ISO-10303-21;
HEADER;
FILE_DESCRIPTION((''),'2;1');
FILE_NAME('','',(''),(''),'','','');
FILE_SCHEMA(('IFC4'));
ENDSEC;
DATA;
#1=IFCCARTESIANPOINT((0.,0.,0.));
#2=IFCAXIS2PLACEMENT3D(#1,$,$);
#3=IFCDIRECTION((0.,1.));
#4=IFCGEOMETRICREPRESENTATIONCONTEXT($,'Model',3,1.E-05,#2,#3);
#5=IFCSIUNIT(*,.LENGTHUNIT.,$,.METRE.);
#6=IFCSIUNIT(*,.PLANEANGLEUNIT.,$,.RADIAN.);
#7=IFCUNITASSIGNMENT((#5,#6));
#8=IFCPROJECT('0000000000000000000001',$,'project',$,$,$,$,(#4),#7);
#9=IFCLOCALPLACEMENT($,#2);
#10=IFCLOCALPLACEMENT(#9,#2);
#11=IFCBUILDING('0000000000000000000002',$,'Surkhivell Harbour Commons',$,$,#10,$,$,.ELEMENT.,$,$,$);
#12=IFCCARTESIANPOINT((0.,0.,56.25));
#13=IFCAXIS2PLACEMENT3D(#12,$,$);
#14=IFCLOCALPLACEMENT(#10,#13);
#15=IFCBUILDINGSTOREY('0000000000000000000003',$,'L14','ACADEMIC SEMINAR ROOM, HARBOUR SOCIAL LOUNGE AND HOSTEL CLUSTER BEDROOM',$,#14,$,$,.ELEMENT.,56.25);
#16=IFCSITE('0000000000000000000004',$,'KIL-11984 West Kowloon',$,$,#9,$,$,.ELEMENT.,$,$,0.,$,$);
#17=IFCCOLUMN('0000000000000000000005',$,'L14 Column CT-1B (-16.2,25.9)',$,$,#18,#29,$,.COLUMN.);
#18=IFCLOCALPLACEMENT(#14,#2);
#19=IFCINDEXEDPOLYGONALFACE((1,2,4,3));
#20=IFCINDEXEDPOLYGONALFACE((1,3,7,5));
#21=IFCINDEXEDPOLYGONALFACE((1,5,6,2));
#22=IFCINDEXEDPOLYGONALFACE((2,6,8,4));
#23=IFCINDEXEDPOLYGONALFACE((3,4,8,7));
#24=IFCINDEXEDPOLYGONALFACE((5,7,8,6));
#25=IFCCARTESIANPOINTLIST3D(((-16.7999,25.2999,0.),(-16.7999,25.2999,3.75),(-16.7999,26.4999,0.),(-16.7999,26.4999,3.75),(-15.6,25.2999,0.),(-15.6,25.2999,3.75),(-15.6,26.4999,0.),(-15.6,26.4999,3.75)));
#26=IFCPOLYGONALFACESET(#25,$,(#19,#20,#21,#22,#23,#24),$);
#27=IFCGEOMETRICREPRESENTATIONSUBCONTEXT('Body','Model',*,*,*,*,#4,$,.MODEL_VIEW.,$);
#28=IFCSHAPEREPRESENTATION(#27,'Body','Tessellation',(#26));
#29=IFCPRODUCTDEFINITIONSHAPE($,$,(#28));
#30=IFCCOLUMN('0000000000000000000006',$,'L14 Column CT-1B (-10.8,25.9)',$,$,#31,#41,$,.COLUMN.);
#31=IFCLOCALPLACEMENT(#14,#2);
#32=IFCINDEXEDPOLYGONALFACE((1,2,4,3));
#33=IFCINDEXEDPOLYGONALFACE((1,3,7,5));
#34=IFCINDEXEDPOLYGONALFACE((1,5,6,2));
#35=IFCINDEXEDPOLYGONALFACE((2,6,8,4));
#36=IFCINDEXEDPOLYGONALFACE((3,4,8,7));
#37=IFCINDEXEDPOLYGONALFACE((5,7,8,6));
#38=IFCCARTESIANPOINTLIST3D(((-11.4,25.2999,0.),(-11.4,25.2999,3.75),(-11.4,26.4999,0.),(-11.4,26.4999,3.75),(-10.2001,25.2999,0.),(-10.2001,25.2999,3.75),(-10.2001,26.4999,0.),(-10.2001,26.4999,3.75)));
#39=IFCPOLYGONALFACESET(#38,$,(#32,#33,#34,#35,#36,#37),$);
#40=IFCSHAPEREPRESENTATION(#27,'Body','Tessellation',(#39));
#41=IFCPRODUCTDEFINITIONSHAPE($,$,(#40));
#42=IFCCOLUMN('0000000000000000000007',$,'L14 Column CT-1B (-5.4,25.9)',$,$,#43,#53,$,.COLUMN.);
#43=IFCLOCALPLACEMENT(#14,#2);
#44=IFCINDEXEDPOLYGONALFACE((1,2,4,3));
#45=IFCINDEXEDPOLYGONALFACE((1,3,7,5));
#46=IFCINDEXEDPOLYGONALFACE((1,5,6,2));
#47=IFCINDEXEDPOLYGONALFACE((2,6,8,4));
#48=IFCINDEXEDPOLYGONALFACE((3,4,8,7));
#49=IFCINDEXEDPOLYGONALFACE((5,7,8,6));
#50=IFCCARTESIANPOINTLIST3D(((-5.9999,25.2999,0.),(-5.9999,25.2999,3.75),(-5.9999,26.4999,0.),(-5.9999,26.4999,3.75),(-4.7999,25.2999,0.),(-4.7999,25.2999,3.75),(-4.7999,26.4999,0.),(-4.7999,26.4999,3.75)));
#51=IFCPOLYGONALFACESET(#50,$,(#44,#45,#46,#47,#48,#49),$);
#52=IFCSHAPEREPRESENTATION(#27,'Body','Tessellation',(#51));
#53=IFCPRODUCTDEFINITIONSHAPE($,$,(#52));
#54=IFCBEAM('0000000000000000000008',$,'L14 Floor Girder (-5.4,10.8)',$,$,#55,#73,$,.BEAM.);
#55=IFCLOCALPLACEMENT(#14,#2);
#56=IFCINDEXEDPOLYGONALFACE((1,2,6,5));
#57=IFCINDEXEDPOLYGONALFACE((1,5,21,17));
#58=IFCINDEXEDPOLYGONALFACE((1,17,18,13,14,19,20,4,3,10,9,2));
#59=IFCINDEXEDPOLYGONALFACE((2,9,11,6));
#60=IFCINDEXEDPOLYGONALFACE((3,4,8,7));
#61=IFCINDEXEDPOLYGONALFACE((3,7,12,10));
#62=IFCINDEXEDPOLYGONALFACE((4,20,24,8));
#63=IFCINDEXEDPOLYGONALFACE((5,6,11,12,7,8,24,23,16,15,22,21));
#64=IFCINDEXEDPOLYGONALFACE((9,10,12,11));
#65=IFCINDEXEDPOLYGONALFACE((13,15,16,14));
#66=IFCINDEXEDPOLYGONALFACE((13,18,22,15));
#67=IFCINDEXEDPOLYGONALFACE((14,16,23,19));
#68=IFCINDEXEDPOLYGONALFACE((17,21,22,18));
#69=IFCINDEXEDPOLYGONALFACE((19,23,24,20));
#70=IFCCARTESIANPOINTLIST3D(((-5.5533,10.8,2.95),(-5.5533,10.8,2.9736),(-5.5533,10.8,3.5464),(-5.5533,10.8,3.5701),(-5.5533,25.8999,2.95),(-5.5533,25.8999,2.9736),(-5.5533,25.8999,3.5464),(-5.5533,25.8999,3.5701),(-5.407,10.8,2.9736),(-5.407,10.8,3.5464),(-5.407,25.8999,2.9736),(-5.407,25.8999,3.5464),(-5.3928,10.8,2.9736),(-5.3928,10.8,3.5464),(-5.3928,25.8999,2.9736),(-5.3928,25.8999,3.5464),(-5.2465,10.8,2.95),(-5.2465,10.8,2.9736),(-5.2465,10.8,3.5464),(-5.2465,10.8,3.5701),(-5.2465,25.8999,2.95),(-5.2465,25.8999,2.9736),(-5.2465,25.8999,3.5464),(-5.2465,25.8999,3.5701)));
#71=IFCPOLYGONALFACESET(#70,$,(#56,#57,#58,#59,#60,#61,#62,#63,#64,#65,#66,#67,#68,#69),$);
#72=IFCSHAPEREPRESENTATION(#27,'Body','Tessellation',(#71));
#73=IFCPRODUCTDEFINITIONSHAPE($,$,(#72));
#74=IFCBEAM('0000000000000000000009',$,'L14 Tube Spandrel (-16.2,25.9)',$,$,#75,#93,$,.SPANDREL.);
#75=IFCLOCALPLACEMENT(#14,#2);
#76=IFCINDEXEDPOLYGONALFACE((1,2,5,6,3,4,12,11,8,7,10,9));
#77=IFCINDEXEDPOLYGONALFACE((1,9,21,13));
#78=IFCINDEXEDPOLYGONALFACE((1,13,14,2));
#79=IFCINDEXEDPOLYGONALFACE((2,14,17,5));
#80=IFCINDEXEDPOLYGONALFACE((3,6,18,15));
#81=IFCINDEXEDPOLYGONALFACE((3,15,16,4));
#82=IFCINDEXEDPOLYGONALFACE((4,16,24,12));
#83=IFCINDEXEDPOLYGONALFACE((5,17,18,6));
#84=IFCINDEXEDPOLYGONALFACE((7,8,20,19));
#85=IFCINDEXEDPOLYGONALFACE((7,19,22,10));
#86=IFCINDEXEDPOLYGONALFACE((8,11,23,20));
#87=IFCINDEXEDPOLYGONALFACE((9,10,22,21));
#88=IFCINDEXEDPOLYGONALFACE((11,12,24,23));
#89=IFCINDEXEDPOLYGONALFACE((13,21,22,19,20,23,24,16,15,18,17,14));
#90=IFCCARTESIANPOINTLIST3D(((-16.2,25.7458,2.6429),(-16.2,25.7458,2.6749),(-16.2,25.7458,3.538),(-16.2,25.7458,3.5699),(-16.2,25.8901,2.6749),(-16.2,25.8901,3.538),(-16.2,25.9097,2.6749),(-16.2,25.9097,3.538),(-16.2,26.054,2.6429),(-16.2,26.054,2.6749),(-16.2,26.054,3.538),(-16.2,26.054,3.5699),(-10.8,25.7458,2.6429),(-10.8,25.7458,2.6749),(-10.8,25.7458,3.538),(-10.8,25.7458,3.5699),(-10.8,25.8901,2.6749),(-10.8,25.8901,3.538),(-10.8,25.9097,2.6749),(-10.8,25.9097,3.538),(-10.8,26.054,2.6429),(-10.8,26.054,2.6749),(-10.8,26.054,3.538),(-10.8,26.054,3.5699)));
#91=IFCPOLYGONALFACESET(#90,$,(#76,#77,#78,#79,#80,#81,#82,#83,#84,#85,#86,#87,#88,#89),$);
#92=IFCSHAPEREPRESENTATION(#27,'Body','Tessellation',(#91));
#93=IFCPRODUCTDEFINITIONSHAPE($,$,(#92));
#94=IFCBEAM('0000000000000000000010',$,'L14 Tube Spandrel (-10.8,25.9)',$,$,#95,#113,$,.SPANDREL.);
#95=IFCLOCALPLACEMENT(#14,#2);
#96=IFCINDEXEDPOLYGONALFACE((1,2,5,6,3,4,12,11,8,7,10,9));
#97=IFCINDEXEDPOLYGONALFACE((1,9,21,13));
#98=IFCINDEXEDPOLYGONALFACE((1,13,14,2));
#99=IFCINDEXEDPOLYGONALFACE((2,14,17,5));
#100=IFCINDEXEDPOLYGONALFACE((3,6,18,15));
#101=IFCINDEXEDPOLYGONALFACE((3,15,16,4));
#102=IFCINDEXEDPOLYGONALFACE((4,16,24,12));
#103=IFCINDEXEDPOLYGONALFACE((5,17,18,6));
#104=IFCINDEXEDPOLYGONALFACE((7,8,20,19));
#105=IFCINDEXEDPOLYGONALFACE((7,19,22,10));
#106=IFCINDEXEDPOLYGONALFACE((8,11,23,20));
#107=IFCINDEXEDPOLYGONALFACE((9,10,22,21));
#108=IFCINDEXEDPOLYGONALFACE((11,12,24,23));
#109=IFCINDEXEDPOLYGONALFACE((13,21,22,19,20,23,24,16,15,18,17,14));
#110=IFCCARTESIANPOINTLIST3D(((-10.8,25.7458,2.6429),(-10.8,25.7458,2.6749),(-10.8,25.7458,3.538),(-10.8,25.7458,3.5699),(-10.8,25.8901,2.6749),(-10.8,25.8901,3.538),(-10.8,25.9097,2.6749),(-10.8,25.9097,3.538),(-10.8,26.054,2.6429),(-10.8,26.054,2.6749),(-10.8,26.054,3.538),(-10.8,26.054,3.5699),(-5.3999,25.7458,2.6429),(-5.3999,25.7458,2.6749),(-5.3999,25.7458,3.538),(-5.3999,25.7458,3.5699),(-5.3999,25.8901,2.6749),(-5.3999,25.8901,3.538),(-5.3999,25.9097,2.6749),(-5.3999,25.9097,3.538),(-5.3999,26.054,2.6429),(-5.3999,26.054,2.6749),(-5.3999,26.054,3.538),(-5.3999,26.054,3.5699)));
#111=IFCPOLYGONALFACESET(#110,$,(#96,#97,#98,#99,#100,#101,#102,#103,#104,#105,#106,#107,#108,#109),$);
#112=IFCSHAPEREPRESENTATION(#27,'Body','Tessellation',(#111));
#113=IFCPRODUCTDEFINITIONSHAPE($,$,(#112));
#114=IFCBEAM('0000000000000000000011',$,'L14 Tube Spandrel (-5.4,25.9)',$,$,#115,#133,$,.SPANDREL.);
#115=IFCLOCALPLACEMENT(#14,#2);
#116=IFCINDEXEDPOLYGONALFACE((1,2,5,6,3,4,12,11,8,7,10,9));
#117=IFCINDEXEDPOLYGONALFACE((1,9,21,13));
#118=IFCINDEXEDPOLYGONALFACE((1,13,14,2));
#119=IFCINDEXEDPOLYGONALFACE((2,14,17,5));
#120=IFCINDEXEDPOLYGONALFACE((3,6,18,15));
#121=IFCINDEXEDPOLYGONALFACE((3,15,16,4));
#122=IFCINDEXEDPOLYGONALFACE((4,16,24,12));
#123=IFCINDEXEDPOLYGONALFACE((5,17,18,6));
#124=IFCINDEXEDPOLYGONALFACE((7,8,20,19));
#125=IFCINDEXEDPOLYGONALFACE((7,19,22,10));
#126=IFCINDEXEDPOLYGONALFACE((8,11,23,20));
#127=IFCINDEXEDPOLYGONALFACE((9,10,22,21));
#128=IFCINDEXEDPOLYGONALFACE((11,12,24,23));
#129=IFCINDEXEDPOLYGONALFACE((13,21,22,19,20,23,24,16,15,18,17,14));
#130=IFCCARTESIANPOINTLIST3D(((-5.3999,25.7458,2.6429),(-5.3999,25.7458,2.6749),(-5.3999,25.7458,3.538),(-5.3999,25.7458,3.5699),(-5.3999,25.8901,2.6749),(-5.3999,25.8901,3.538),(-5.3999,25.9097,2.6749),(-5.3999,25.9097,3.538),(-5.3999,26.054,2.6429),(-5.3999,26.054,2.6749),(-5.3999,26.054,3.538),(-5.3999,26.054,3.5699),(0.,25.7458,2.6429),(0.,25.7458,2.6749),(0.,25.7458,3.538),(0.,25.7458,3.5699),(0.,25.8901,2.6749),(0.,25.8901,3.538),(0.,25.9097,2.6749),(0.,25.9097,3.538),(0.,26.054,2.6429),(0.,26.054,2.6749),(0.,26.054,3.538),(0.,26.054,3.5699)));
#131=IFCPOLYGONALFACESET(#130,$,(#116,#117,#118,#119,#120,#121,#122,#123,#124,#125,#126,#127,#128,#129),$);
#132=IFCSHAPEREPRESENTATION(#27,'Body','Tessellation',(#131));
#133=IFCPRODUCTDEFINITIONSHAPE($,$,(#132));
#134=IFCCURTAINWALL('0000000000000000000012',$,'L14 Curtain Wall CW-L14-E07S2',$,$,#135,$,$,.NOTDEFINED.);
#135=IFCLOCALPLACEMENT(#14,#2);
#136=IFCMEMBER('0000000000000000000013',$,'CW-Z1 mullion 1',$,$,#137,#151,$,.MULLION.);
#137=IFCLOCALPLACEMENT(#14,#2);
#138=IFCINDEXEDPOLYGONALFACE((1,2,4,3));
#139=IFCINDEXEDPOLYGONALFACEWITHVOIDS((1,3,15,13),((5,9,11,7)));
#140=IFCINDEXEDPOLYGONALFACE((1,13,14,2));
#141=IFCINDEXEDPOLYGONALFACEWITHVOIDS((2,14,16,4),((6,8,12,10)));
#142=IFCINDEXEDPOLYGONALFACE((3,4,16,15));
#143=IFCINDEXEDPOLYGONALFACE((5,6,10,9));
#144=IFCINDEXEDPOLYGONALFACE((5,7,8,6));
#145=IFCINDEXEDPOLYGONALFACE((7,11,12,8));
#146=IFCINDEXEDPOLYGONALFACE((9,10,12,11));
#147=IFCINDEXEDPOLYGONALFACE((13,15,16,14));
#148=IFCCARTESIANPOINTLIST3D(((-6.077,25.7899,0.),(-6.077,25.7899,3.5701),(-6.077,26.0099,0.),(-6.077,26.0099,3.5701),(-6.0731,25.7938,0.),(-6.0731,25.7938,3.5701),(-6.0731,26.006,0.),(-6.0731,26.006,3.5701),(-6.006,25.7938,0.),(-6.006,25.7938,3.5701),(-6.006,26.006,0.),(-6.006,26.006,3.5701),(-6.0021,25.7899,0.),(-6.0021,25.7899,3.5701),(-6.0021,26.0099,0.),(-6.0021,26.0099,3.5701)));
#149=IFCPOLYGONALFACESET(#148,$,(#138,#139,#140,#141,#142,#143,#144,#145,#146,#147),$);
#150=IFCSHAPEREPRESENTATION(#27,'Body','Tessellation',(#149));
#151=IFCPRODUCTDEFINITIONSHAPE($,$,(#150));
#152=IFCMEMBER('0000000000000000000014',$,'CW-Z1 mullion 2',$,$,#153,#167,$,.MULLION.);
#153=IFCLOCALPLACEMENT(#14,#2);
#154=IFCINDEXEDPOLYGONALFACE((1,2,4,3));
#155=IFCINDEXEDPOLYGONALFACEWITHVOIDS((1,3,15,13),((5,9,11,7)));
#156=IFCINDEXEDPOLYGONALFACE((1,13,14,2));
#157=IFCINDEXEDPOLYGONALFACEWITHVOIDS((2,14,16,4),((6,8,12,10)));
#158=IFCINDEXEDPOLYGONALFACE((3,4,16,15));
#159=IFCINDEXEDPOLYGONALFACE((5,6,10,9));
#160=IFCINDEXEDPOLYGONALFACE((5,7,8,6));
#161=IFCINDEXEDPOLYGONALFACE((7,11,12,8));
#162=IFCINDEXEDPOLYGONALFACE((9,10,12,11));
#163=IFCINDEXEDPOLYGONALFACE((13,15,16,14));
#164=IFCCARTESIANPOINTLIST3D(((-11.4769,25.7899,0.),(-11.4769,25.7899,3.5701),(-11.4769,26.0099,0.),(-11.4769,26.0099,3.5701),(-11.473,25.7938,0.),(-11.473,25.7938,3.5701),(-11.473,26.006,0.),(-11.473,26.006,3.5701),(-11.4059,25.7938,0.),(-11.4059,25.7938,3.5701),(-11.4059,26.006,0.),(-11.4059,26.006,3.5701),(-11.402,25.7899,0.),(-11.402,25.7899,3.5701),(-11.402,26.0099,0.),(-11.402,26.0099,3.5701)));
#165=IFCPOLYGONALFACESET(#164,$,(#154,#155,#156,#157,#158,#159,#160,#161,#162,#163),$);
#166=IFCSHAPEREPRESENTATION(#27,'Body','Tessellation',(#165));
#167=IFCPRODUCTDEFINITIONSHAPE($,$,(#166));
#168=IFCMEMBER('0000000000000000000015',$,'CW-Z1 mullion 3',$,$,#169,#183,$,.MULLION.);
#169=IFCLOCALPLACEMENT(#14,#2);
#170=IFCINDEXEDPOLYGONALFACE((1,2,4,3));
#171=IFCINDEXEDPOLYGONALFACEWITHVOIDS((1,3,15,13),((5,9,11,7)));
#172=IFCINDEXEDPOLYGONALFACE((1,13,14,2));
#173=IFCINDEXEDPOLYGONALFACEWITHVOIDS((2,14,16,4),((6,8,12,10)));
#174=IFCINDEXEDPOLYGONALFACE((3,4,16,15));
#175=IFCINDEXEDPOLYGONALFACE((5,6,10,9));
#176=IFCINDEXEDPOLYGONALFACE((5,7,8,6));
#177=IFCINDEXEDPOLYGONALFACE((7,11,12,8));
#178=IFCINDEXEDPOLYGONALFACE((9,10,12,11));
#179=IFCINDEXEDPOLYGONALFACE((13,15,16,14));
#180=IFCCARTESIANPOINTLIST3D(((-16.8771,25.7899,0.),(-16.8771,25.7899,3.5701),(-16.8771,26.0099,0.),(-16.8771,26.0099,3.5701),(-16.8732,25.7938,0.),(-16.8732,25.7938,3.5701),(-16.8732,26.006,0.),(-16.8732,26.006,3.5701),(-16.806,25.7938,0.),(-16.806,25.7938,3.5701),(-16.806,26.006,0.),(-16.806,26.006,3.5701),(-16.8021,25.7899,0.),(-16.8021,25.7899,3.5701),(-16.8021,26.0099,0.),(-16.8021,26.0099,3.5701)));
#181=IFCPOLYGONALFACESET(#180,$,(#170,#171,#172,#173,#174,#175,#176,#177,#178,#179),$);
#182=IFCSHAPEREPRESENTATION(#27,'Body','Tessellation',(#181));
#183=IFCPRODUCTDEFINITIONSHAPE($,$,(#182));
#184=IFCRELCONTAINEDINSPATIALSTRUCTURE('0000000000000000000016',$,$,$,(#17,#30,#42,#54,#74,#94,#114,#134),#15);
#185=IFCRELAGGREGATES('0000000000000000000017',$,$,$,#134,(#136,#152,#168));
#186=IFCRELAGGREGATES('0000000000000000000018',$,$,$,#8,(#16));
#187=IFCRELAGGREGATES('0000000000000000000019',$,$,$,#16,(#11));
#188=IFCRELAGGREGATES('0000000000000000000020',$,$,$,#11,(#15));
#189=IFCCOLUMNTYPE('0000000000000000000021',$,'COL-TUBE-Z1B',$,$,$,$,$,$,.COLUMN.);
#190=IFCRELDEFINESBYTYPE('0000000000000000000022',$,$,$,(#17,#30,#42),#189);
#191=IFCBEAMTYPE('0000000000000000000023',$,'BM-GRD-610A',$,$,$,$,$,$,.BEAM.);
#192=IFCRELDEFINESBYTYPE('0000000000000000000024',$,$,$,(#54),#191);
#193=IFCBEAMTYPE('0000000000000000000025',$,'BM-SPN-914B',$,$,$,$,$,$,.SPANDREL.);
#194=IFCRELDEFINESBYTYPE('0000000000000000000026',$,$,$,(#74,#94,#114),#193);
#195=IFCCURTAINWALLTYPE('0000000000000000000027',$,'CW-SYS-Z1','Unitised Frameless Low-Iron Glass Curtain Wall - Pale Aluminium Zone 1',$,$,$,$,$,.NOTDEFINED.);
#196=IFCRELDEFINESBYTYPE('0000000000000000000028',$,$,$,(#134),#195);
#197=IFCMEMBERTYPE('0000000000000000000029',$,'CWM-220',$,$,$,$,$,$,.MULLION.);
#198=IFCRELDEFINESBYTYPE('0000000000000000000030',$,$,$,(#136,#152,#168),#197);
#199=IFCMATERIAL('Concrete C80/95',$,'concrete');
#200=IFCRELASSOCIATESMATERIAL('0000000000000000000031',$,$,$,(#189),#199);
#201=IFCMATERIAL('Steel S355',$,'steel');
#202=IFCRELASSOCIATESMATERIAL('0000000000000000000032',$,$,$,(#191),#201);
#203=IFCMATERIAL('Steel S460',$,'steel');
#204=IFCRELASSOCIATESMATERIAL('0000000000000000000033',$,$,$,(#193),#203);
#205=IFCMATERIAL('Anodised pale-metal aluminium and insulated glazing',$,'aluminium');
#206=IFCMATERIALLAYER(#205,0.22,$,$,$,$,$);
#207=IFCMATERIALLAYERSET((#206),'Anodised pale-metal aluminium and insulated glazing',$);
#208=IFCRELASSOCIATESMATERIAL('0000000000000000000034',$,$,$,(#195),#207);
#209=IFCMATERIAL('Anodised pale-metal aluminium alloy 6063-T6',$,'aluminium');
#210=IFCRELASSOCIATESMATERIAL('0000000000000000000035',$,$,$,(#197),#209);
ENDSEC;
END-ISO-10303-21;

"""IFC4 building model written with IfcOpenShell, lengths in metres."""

from ifc_helpers import new_model, si_unit, direction, frame, origin, origin_2d, place, context, subcontext, project, spatial, rectangle, hollow_rectangle, i_section, extrude, material, layer, layer_set, material_profile, profile_set, type_object, element, aggregate, save


model = new_model("IFC4")

# Units and contexts
model_context = context("Model", 3, precision=1e-05, world=origin(), true_north=direction((0.0, 1.0)))
body_context = subcontext(model_context, "Body", "Model", "MODEL_VIEW")
ifc_project = project(units=[si_unit("LENGTHUNIT", "METRE"), si_unit("PLANEANGLEUNIT", "RADIAN")], contexts=[model_context])

# Site, building, storey
site_placement = place(None, origin())
site = spatial("IfcSite", under=ifc_project, at=site_placement, Name="KIL-11984 West Kowloon", CompositionType="ELEMENT", RefElevation=0.0)
building_placement = place(site_placement, origin())
building = spatial("IfcBuilding", under=site, at=building_placement, Name="Surkhivell Harbour Commons", CompositionType="ELEMENT")
storey_placement = place(building_placement, frame((0.0, 0.0, 56.25)))
storey = spatial("IfcBuildingStorey", under=building, at=storey_placement, Name="L14", Description="ACADEMIC SEMINAR ROOM, HARBOUR SOCIAL LOUNGE AND HOSTEL CLUSTER BEDROOM", CompositionType="ELEMENT", Elevation=56.25)

# Columns
ifc_material_1 = material(Name="Concrete C80/95", Category="concrete")
ifc_material_profile_1 = material_profile(ifc_material_1, rectangle(XDim=1.2, YDim=1.2, at=origin_2d()), Name="RC-COL-1200x1200")
ifc_profile_set_1 = profile_set([ifc_material_profile_1], Name="Concrete C80/95")
column_type = type_object("IfcColumnType", Name="COL-TUBE-Z1B", PredefinedType="COLUMN", material=ifc_profile_set_1)
for number, where, z_axis, x_axis, name in (
    (1, (-16.2, 25.8999, 0.0), (0.0, 0.0, 1.0), (1.0, 0.0, 0.0), "L14 Column CT-1B (-16.2,25.9)"),
    (2, (-10.8, 25.8999, 0.0), (0.0, 0.0, 1.0), (1.0, 0.0, 0.0), "L14 Column CT-1B (-10.8,25.9)"),
    (3, (-5.3999, 25.8999, 0.0), (0.0, 0.0, 1.0), (1.0, 0.0, 0.0), "L14 Column CT-1B (-5.4,25.9)"),
):
    element("IfcColumn", number, at=place(storey_placement, frame(where, z_axis=z_axis, x_axis=x_axis)), inside=storey, type_object=column_type, Name=name, PredefinedType="COLUMN", context=body_context, shape_type="SweptSolid", body=[
        extrude(rectangle(XDim=1.2, YDim=1.2, at=origin_2d()), origin(), (0.0, 0.0, 1.0), 3.75),
    ])

# Beams
ifc_material_2 = material(Name="Steel S355", Category="steel")
ifc_material_profile_2 = material_profile(ifc_material_2, i_section(OverallWidth=0.3069, OverallDepth=0.6201, WebThickness=0.0142, FlangeThickness=0.0237, at=origin_2d()), Name="UB610x305x179")
ifc_profile_set_2 = profile_set([ifc_material_profile_2], Name="Steel S355")
beam_type_1 = type_object("IfcBeamType", Name="BM-GRD-610A", PredefinedType="BEAM", material=ifc_profile_set_2)
beam_1_placement = place(storey_placement, frame((-5.3999, 10.8, 3.26), z_axis=(0.0, 1.0, 0.0), x_axis=(-1.0, 0.0, 0.0)))
element("IfcBeam", 4, at=beam_1_placement, inside=storey, type_object=beam_type_1, Name="L14 Floor Girder (-5.4,10.8)", PredefinedType="BEAM", context=body_context, shape_type="SweptSolid", body=[
    extrude(i_section(OverallWidth=0.3069, OverallDepth=0.6201, WebThickness=0.0142, FlangeThickness=0.0237, at=origin_2d()), origin(), (0.0, 0.0, 1.0), 15.0999),
])
ifc_material_3 = material(Name="Steel S460", Category="steel")
ifc_material_profile_3 = material_profile(ifc_material_3, i_section(OverallWidth=0.3081, OverallDepth=0.927, WebThickness=0.0195, FlangeThickness=0.032, at=origin_2d()), Name="UB914x305x289")
ifc_profile_set_3 = profile_set([ifc_material_profile_3], Name="Steel S460")
beam_type_2 = type_object("IfcBeamType", Name="BM-SPN-914B", PredefinedType="SPANDREL", material=ifc_profile_set_3)
beam_2_placement = place(storey_placement, frame((-16.2, 25.8999, 3.1064), z_axis=(1.0, 0.0, 0.0), x_axis=(0.0, 1.0, 0.0)))
element("IfcBeam", 5, at=beam_2_placement, inside=storey, type_object=beam_type_2, Name="L14 Tube Spandrel (-16.2,25.9)", PredefinedType="SPANDREL", context=body_context, shape_type="SweptSolid", body=[
    extrude(i_section(OverallWidth=0.3081, OverallDepth=0.927, WebThickness=0.0195, FlangeThickness=0.032, at=origin_2d()), origin(), (0.0, 0.0, 1.0), 5.3999),
])
beam_3_placement = place(storey_placement, frame((-10.8, 25.8999, 3.1064), z_axis=(1.0, 0.0, 0.0), x_axis=(0.0, 1.0, 0.0)))
element("IfcBeam", 6, at=beam_3_placement, inside=storey, type_object=beam_type_2, Name="L14 Tube Spandrel (-10.8,25.9)", PredefinedType="SPANDREL", context=body_context, shape_type="SweptSolid", body=[
    extrude(i_section(OverallWidth=0.3081, OverallDepth=0.927, WebThickness=0.0195, FlangeThickness=0.032, at=origin_2d()), origin(), (0.0, 0.0, 1.0), 5.4001),
])
beam_4_placement = place(storey_placement, frame((-5.3999, 25.8999, 3.1064), z_axis=(1.0, 0.0, 0.0), x_axis=(0.0, 1.0, 0.0)))
element("IfcBeam", 7, at=beam_4_placement, inside=storey, type_object=beam_type_2, Name="L14 Tube Spandrel (-5.4,25.9)", PredefinedType="SPANDREL", context=body_context, shape_type="SweptSolid", body=[
    extrude(i_section(OverallWidth=0.3081, OverallDepth=0.927, WebThickness=0.0195, FlangeThickness=0.032, at=origin_2d()), origin(), (0.0, 0.0, 1.0), 5.3999),
])

# Curtain wall, members
ifc_material_4 = material(Name="Anodised pale-metal aluminium and insulated glazing", Category="aluminium")
ifc_layer_1 = layer(ifc_material_4, 0.22)
ifc_layer_set_1 = layer_set([ifc_layer_1], Name="Anodised pale-metal aluminium and insulated glazing")
curtain_wall_type = type_object("IfcCurtainWallType", Name="CW-SYS-Z1", Description="Unitised Frameless Low-Iron Glass Curtain Wall - Pale Aluminium Zone 1", PredefinedType="NOTDEFINED", material=ifc_layer_set_1)
curtain_wall_placement = place(storey_placement, origin())
curtain_wall = element("IfcCurtainWall", 8, at=curtain_wall_placement, inside=storey, type_object=curtain_wall_type, Name="L14 Curtain Wall CW-L14-E07S2", PredefinedType="NOTDEFINED")
ifc_material_5 = material(Name="Anodised pale-metal aluminium alloy 6063-T6", Category="aluminium")
ifc_material_profile_4 = material_profile(ifc_material_5, hollow_rectangle(XDim=0.075, YDim=0.22, WallThickness=0.0039, at=origin_2d()), Name="ALU-MULL-75x220")
ifc_profile_set_4 = profile_set([ifc_material_profile_4], Name="Anodised pale-metal aluminium alloy 6063-T6")
member_type_1 = type_object("IfcMemberType", Name="CWM-220", PredefinedType="MULLION", material=ifc_profile_set_4)
member_1_placement = place(storey_placement, frame((-6.0396, 25.8999, 0.0), z_axis=(0.0, 0.0, 1.0), x_axis=(-1.0, 0.0, 0.0)))
member_1 = element("IfcMember", 9, at=member_1_placement, type_object=member_type_1, Name="CW-Z1 mullion 1", PredefinedType="MULLION", context=body_context, shape_type="SweptSolid", body=[
    extrude(hollow_rectangle(XDim=0.075, YDim=0.22, WallThickness=0.0039, at=origin_2d()), origin(), (0.0, 0.0, 1.0), 3.5701),
])
member_2_placement = place(storey_placement, frame((-11.4395, 25.8999, 0.0), z_axis=(0.0, 0.0, 1.0), x_axis=(-1.0, 0.0, 0.0)))
member_2 = element("IfcMember", 10, at=member_2_placement, type_object=member_type_1, Name="CW-Z1 mullion 2", PredefinedType="MULLION", context=body_context, shape_type="SweptSolid", body=[
    extrude(hollow_rectangle(XDim=0.075, YDim=0.22, WallThickness=0.0039, at=origin_2d()), origin(), (0.0, 0.0, 1.0), 3.5701),
])
member_3_placement = place(storey_placement, frame((-16.8396, 25.8999, 0.0), z_axis=(0.0, 0.0, 1.0), x_axis=(-1.0, 0.0, 0.0)))
member_3 = element("IfcMember", 11, at=member_3_placement, type_object=member_type_1, Name="CW-Z1 mullion 3", PredefinedType="MULLION", context=body_context, shape_type="SweptSolid", body=[
    extrude(hollow_rectangle(XDim=0.075, YDim=0.22, WallThickness=0.0039, at=origin_2d()), origin(), (0.0, 0.0, 1.0), 3.5701),
])

aggregate(curtain_wall, [member_1, member_2, member_3])

save(model, "model.ifc")
